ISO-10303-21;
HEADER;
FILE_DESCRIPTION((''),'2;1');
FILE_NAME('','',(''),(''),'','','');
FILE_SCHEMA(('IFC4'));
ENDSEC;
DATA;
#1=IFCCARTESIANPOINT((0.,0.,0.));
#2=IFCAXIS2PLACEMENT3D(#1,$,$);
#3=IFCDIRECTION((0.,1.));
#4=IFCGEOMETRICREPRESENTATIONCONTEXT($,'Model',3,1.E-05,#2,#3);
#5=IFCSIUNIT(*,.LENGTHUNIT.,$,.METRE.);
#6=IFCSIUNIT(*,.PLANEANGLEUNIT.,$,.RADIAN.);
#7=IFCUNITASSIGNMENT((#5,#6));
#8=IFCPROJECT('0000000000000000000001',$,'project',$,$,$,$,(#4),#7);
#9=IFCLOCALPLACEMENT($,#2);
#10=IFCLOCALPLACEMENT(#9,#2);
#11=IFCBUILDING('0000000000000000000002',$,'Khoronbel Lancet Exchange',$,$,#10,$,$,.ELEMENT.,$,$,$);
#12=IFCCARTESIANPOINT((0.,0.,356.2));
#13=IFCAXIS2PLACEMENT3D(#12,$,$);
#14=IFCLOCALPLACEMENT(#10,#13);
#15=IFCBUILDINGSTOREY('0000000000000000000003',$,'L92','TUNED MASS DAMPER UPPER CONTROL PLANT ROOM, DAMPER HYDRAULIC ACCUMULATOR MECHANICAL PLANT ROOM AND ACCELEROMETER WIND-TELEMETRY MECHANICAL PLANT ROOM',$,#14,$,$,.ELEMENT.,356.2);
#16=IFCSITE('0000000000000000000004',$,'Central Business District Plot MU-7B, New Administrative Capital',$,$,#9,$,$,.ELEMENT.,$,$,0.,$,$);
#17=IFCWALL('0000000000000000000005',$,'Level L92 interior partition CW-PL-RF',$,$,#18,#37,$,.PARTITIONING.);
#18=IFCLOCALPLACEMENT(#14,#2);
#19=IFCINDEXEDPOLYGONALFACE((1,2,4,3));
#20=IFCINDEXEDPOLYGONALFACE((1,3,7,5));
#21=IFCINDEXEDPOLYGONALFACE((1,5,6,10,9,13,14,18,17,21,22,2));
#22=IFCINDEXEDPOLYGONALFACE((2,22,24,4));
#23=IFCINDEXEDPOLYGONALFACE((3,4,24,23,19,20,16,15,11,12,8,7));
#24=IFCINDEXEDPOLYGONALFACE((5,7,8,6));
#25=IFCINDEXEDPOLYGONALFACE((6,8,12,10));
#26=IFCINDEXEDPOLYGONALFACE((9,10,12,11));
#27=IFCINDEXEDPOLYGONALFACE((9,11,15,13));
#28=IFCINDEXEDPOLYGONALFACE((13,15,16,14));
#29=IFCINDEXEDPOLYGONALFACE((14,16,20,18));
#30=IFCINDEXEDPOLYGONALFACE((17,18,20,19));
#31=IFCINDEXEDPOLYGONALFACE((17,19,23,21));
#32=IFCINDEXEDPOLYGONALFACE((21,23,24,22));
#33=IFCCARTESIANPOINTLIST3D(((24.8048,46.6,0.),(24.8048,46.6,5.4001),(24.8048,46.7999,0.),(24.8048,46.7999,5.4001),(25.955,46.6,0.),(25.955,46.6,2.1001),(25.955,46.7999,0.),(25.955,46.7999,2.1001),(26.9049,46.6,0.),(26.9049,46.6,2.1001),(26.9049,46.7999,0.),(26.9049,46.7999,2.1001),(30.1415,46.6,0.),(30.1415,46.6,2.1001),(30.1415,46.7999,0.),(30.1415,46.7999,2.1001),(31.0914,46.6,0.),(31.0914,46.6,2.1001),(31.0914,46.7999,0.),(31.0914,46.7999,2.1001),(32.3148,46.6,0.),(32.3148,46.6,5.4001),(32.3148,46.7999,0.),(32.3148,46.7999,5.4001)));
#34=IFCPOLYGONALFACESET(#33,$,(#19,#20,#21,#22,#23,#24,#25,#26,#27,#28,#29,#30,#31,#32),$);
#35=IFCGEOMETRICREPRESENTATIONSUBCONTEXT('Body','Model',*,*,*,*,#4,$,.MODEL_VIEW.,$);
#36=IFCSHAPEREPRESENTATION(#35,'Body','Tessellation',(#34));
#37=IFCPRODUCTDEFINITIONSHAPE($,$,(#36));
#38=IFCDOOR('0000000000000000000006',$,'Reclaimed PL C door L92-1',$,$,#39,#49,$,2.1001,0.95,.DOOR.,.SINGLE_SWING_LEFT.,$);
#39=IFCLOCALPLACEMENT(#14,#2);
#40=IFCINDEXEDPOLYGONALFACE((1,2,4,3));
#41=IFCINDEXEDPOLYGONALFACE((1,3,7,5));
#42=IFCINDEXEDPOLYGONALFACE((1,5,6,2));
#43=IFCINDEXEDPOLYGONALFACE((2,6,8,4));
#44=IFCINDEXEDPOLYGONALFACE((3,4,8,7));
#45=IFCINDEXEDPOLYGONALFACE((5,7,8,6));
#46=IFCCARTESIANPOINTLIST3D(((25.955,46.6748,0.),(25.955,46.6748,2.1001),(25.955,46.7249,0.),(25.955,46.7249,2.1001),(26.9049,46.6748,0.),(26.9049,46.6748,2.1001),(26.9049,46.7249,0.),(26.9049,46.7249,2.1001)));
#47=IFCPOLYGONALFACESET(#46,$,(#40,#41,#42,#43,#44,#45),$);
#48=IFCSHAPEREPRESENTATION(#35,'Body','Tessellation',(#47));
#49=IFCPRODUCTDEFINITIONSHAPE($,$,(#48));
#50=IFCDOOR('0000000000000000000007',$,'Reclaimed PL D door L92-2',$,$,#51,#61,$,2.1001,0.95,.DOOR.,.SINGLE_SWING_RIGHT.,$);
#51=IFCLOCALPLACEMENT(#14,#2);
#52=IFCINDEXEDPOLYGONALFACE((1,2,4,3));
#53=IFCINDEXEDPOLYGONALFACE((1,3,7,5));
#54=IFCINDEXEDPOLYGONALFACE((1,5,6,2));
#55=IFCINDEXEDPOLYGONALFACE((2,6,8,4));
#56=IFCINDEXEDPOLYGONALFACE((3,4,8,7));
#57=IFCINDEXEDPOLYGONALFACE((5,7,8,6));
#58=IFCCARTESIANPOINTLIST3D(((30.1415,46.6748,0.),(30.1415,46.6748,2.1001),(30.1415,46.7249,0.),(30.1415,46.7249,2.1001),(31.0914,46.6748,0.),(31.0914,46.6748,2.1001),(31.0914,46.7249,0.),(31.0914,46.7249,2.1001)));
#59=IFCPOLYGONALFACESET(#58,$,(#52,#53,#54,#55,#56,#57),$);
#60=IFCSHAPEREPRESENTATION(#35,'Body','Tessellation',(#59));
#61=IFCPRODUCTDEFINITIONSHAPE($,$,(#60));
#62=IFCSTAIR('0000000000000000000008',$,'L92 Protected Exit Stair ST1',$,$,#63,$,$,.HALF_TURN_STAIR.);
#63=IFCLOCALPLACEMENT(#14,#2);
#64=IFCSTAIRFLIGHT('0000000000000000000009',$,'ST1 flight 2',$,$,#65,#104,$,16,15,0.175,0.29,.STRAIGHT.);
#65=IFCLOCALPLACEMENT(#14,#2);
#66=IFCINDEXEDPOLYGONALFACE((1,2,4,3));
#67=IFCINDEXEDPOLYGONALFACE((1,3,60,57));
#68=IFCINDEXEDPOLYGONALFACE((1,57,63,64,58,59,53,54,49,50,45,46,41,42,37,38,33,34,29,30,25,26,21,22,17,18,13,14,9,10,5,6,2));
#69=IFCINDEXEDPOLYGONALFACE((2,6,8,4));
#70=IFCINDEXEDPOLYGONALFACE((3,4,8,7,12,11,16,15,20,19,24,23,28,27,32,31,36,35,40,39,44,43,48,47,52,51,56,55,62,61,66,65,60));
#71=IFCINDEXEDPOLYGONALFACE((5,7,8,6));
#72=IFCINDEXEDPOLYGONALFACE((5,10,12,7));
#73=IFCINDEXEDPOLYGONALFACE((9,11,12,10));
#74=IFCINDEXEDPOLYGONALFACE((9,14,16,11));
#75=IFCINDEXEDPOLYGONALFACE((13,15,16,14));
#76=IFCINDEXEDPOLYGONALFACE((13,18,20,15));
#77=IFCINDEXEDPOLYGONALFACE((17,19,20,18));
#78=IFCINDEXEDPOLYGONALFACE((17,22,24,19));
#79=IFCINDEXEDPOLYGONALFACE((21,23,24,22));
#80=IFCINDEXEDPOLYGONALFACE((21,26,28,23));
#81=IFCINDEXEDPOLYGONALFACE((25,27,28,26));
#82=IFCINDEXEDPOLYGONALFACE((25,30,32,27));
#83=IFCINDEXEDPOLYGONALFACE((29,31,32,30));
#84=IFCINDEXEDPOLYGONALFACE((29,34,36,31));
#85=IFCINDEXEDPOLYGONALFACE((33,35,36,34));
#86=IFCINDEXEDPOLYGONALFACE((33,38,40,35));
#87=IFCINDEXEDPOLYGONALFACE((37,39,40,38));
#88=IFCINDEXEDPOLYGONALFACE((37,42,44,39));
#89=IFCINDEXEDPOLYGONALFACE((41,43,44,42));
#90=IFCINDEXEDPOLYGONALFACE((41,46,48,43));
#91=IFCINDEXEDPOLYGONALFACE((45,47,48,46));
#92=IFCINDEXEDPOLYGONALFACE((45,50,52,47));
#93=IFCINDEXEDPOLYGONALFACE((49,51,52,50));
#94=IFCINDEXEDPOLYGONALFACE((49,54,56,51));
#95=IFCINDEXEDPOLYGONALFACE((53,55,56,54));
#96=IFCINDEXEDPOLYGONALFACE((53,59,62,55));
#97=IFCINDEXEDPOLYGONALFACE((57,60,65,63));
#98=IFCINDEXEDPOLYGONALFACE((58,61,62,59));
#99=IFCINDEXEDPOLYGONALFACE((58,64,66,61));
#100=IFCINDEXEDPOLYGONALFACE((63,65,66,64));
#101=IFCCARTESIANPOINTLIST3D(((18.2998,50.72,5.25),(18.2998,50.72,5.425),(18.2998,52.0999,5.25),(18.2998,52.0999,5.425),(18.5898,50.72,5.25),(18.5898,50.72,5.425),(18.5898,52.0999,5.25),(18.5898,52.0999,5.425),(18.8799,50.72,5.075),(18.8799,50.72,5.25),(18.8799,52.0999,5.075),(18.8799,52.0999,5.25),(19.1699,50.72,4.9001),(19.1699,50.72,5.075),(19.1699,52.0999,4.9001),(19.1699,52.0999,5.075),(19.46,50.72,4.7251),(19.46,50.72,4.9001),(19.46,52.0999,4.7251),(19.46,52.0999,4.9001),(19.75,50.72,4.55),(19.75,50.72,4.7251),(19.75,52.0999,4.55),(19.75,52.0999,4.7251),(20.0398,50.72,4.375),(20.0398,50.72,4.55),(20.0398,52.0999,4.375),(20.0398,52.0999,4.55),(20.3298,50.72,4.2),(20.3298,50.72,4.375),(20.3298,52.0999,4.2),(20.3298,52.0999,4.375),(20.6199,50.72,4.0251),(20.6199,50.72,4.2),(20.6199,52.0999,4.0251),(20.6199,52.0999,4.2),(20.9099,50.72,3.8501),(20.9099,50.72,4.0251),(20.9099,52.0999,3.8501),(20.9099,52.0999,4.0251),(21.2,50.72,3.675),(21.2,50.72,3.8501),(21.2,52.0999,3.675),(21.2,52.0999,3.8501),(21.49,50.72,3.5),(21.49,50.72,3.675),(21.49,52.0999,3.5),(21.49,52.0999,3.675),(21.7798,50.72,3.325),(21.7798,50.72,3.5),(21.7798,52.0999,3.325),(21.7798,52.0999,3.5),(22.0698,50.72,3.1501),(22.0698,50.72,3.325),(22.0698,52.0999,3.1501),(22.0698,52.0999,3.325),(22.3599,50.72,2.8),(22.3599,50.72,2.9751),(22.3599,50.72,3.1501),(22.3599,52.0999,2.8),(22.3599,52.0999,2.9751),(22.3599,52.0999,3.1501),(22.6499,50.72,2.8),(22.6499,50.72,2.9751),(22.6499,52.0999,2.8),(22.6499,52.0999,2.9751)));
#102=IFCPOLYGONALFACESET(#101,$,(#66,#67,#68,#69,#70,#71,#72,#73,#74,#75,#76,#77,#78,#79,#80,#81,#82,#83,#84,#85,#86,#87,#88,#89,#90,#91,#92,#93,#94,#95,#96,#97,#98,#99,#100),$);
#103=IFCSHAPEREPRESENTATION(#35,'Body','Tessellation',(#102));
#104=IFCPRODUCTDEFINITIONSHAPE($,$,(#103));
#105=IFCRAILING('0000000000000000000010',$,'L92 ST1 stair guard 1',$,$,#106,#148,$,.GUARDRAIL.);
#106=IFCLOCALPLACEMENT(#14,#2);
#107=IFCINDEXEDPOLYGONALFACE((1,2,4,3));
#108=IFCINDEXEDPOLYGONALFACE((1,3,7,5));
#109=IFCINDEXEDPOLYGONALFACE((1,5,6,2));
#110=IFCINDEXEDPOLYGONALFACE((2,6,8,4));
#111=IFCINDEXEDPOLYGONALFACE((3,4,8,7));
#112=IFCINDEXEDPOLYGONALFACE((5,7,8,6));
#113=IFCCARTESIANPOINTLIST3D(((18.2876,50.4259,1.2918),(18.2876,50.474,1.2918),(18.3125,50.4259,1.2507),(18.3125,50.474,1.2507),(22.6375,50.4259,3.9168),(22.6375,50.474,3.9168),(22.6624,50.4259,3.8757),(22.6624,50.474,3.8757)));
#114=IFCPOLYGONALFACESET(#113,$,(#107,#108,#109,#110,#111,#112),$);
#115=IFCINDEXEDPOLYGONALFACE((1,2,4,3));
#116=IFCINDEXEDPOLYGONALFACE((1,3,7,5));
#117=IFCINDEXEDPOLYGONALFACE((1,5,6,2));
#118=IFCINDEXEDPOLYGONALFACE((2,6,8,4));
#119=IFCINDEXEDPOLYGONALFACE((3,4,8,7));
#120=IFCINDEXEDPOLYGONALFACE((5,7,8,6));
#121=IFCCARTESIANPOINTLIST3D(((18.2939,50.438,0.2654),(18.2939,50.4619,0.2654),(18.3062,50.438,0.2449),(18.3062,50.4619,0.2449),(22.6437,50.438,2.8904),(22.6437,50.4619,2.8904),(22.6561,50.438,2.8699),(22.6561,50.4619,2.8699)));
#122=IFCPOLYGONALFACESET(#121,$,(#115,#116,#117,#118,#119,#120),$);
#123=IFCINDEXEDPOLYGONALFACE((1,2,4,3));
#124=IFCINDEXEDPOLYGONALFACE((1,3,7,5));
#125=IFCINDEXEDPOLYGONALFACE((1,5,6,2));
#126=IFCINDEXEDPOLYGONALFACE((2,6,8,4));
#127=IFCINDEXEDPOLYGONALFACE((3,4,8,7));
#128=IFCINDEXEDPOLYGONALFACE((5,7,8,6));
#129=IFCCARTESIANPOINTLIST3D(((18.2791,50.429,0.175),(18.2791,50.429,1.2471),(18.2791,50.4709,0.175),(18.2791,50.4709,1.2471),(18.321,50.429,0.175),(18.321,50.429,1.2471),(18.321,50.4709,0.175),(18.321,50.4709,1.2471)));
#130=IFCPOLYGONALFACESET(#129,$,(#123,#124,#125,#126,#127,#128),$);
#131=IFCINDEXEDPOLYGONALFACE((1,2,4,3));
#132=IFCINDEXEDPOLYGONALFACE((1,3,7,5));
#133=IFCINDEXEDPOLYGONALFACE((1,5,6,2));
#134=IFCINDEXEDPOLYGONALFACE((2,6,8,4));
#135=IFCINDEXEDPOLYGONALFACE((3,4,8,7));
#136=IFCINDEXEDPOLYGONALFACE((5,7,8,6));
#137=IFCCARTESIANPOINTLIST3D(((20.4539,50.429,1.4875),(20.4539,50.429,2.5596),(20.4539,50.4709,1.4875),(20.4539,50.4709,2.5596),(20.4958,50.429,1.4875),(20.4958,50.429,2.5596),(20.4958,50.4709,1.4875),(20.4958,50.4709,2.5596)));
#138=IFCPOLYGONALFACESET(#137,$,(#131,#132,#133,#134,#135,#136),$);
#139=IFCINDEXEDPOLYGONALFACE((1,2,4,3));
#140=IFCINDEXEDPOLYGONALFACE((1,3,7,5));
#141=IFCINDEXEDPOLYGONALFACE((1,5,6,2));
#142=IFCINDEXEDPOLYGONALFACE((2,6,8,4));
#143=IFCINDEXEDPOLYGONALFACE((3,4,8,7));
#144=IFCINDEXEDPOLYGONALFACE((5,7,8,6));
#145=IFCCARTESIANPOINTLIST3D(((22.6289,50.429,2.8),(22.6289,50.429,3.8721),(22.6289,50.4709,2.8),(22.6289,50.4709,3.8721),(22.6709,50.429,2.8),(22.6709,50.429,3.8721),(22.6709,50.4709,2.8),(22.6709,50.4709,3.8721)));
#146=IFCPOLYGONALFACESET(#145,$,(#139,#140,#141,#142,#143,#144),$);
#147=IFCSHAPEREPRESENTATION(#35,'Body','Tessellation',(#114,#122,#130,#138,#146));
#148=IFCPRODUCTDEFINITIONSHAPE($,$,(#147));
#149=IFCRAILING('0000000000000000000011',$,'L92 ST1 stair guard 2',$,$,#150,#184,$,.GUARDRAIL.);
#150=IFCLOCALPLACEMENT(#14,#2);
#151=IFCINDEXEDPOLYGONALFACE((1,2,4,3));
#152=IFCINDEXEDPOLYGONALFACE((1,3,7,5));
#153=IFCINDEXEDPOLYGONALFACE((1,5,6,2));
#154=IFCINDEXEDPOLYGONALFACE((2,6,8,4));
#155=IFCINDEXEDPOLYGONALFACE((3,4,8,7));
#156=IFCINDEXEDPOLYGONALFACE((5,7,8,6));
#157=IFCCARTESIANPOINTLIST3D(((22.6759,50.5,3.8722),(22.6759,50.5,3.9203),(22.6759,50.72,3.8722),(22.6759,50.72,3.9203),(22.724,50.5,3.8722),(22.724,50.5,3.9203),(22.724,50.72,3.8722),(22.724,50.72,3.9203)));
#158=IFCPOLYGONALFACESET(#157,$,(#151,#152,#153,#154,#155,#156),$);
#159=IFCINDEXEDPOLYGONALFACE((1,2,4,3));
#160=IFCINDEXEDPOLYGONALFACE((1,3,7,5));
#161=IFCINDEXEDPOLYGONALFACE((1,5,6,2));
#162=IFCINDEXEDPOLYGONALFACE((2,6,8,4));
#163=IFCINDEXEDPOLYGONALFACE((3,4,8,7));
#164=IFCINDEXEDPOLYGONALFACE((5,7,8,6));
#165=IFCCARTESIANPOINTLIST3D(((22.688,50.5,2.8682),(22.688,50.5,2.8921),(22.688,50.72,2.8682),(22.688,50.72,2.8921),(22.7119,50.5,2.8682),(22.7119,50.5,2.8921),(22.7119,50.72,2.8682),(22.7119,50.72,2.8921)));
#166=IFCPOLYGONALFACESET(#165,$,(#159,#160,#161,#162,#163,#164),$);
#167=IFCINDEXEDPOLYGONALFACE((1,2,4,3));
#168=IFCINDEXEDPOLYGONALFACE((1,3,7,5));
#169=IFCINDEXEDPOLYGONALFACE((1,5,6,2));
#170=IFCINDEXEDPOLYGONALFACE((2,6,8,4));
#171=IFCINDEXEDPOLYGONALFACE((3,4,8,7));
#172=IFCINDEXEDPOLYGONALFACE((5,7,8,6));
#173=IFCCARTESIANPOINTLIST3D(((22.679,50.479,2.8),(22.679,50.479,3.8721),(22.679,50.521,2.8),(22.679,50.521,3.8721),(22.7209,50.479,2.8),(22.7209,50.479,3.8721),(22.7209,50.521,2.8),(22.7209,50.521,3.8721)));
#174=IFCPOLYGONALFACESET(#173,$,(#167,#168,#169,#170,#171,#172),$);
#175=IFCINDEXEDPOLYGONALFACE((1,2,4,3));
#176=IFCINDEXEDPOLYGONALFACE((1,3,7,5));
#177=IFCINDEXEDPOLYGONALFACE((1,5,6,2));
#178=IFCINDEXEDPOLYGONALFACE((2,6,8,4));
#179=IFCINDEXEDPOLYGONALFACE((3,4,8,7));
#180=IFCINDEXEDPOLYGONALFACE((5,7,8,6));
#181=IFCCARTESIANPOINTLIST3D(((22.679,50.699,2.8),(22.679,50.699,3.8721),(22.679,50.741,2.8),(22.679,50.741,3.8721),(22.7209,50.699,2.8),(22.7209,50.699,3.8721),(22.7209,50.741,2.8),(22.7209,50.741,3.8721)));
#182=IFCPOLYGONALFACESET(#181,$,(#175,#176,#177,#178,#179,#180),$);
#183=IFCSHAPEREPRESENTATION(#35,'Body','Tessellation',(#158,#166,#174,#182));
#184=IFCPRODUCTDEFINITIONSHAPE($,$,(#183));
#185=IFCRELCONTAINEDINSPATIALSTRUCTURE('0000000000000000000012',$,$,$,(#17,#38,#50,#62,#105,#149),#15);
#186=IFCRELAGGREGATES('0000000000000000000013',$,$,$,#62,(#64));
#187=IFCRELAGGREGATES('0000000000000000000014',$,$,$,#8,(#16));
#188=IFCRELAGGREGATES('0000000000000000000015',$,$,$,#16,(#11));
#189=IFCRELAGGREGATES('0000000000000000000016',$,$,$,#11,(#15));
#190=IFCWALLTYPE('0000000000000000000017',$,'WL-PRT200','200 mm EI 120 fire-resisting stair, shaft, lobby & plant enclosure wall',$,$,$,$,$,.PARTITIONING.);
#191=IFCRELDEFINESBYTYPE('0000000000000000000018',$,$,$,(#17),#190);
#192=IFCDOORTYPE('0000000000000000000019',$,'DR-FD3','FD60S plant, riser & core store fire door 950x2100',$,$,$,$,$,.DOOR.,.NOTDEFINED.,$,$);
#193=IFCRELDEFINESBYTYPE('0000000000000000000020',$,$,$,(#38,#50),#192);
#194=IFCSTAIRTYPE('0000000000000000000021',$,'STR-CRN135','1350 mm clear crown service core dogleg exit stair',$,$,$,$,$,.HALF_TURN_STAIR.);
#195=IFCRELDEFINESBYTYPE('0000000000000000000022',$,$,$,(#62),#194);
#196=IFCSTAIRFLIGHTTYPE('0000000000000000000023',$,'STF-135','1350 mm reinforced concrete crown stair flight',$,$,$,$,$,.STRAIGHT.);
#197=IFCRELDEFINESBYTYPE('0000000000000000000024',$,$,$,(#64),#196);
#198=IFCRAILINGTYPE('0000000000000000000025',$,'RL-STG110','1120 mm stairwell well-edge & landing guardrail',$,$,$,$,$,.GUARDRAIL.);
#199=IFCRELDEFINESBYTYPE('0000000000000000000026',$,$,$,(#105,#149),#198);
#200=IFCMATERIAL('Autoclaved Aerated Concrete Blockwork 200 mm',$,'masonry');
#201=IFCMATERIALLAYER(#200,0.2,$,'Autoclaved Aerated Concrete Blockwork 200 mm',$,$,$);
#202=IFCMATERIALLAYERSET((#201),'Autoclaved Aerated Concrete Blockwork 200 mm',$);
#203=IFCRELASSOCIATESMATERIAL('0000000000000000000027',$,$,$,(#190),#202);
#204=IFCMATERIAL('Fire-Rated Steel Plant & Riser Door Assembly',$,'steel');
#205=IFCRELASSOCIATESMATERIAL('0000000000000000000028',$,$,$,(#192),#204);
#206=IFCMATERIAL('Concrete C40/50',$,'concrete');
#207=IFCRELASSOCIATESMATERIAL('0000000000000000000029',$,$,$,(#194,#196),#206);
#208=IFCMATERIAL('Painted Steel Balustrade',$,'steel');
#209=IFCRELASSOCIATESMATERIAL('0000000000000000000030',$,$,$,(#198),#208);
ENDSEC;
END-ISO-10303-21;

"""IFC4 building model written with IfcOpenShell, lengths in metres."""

from ifc_helpers import new_model, si_unit, direction, frame, frame_2d, origin, origin_2d, place, context, subcontext, project, spatial, polyline, rectangle, outline, extrude, material, layer, layer_set, type_object, element, fill, aggregate, save


model = new_model("IFC4")

# Units and contexts
model_context = context("Model", 3, precision=1e-05, world=origin(), true_north=direction((0.0, 1.0)))
body_context = subcontext(model_context, "Body", "Model", "MODEL_VIEW")
ifc_project = project(units=[si_unit("LENGTHUNIT", "METRE"), si_unit("PLANEANGLEUNIT", "RADIAN")], contexts=[model_context])

# Site, building, storey
site_placement = place(None, origin())
site = spatial("IfcSite", under=ifc_project, at=site_placement, Name="Central Business District Plot MU-7B, New Administrative Capital", CompositionType="ELEMENT", RefElevation=0.0)
building_placement = place(site_placement, origin())
building = spatial("IfcBuilding", under=site, at=building_placement, Name="Khoronbel Lancet Exchange", CompositionType="ELEMENT")
storey_placement = place(building_placement, frame((0.0, 0.0, 356.2)))
storey = spatial("IfcBuildingStorey", under=building, at=storey_placement, Name="L92", Description="TUNED MASS DAMPER UPPER CONTROL PLANT ROOM, DAMPER HYDRAULIC ACCUMULATOR MECHANICAL PLANT ROOM AND ACCELEROMETER WIND-TELEMETRY MECHANICAL PLANT ROOM", CompositionType="ELEMENT", Elevation=356.2)

# Shared definitions
ifc_material_1 = material(Name="Autoclaved Aerated Concrete Blockwork 200 mm", Category="masonry")
ifc_layer_1 = layer(ifc_material_1, 0.2, Name="Autoclaved Aerated Concrete Blockwork 200 mm")
ifc_layer_set_1 = layer_set([ifc_layer_1], Name="Autoclaved Aerated Concrete Blockwork 200 mm")
wall_type_1 = type_object("IfcWallType", Name="WL-PRT200", Description="200 mm EI 120 fire-resisting stair, shaft, lobby & plant enclosure wall", PredefinedType="PARTITIONING", material=ifc_layer_set_1)

# Wall, openings, doors
wall_1_placement = place(storey_placement, frame((24.8049, 46.7, 0.0), z_axis=(0.0, 0.0, 1.0), x_axis=(1.0, 0.0, 0.0)))
wall_1 = element("IfcWall", 1, at=wall_1_placement, inside=storey, type_object=wall_type_1, Name="Level L92 interior partition CW-PL-RF", PredefinedType="PARTITIONING", context=body_context, shape_type="SweptSolid", body=[
    extrude(rectangle(XDim=7.51, YDim=0.2, at=frame_2d((3.7549, 0.0))), origin(), (0.0, 0.0, 1.0), 5.4001),
])
opening_1_placement = place(wall_1_placement, frame((1.1499, 0.0, 0.0)))
opening_1 = element("IfcOpeningElement", 2, at=opening_1_placement, cuts=wall_1, PredefinedType="OPENING", context=body_context, shape_type="SweptSolid", body=[
    extrude(rectangle(XDim=0.95, YDim=2.1001, at=frame_2d((0.4751, 1.05))), frame((0.0, 0.1099, 0.0), z_axis=(0.0, -1.0, 0.0), x_axis=(1.0, 0.0, 0.0)), (0.0, 0.0, 1.0), 0.22),
])
opening_2_placement = place(wall_1_placement, frame((5.3364, 0.0, 0.0)))
opening_2 = element("IfcOpeningElement", 3, at=opening_2_placement, cuts=wall_1, PredefinedType="OPENING", context=body_context, shape_type="SweptSolid", body=[
    extrude(rectangle(XDim=0.95, YDim=2.1001, at=frame_2d((0.4751, 1.05))), frame((0.0, 0.1099, 0.0), z_axis=(0.0, -1.0, 0.0), x_axis=(1.0, 0.0, 0.0)), (0.0, 0.0, 1.0), 0.22),
])
ifc_material_2 = material(Name="Fire-Rated Steel Plant & Riser Door Assembly", Category="steel")
door_type_1 = type_object("IfcDoorType", Name="DR-FD3", Description="FD60S plant, riser & core store fire door 950x2100", OperationType="NOTDEFINED", PredefinedType="DOOR", material=ifc_material_2)
door_1_placement = place(opening_1_placement, origin())
door_1 = element("IfcDoor", 4, at=door_1_placement, inside=storey, type_object=door_type_1, Name="Reclaimed PL C door L92-1", OperationType="SINGLE_SWING_LEFT", OverallHeight=2.1001, OverallWidth=0.95, PredefinedType="DOOR", context=body_context, shape_type="SweptSolid", body=[
    extrude(rectangle(XDim=0.95, YDim=2.1001, at=frame_2d((0.4751, 1.05))), frame((0.0, 0.0249, 0.0), z_axis=(0.0, -1.0, 0.0), x_axis=(1.0, 0.0, 0.0)), (0.0, 0.0, 1.0), 0.05),
])
fill(opening_1, door_1)
door_2_placement = place(opening_2_placement, origin())
door_2 = element("IfcDoor", 5, at=door_2_placement, inside=storey, type_object=door_type_1, Name="Reclaimed PL D door L92-2", OperationType="SINGLE_SWING_RIGHT", OverallHeight=2.1001, OverallWidth=0.95, PredefinedType="DOOR", context=body_context, shape_type="SweptSolid", body=[
    extrude(rectangle(XDim=0.95, YDim=2.1001, at=frame_2d((0.4751, 1.05))), frame((0.0, 0.0249, 0.0), z_axis=(0.0, -1.0, 0.0), x_axis=(1.0, 0.0, 0.0)), (0.0, 0.0, 1.0), 0.05),
])
fill(opening_2, door_2)

# Stair, stair flight
ifc_material_3 = material(Name="Concrete C40/50", Category="concrete")
stair_type = type_object("IfcStairType", Name="STR-CRN135", Description="1350 mm clear crown service core dogleg exit stair", PredefinedType="HALF_TURN_STAIR", material=ifc_material_3)
stair_placement = place(storey_placement, origin())
stair = element("IfcStair", 6, at=stair_placement, inside=storey, type_object=stair_type, Name="L92 Protected Exit Stair ST1", PredefinedType="HALF_TURN_STAIR")
stair_flight_type = type_object("IfcStairFlightType", Name="STF-135", Description="1350 mm reinforced concrete crown stair flight", PredefinedType="STRAIGHT", material=ifc_material_3)
stair_flight_placement = place(storey_placement, frame((22.6499, 51.4099, 2.8), z_axis=(0.0, 0.0, 1.0), x_axis=(-1.0, 0.0, 0.0)))
stair_flight = element("IfcStairFlight", 7, at=stair_flight_placement, type_object=stair_flight_type, Name="ST1 flight 2", NumberOfRisers=16, NumberOfTreads=15, PredefinedType="STRAIGHT", RiserHeight=0.175, TreadLength=0.29, context=body_context, shape_type="SweptSolid", body=[
    extrude(outline(polyline([(0.0, 0.0), (0.0, 0.175), (0.29, 0.175), (0.29, 0.3501), (0.5801, 0.3501), (0.5801, 0.5249), (0.8701, 0.5249), (0.8701, 0.7), (1.1599, 0.7), (1.1599, 0.875), (1.45, 0.875), (1.45, 1.05), (1.74, 1.05), (1.74, 1.2251), (2.03, 1.2251), (2.03, 1.3999), (2.3201, 1.3999), (2.3201, 1.575), (2.6101, 1.575), (2.6101, 1.75), (2.8999, 1.75), (2.8999, 1.925), (3.1899, 1.925), (3.1899, 2.1001), (3.48, 2.1001), (3.48, 2.2749), (3.77, 2.2749), (3.77, 2.45), (4.0601, 2.45), (4.0601, 2.625), (4.3501, 2.625), (4.3501, 2.8), (4.3501, 2.45), (0.29, 0.0), (0.0, 0.0)])), frame((0.0, 0.6899, 0.0), z_axis=(0.0, -1.0, 0.0), x_axis=(1.0, 0.0, 0.0)), (0.0, 0.0, 1.0), 1.3799),
])
aggregate(stair, [stair_flight])

# Railings
ifc_material_4 = material(Name="Painted Steel Balustrade", Category="steel")
railing_type_1 = type_object("IfcRailingType", Name="RL-STG110", Description="1120 mm stairwell well-edge & landing guardrail", PredefinedType="GUARDRAIL", material=ifc_material_4)
railing_1_placement = place(storey_placement, frame((18.3, 50.45, 0.175)))
element("IfcRailing", 8, at=railing_1_placement, inside=storey, type_object=railing_type_1, Name="L92 ST1 stair guard 1", PredefinedType="GUARDRAIL", context=body_context, shape_type="SweptSolid", body=[
    extrude(rectangle(XDim=0.0481, YDim=0.0481, at=origin_2d()), frame((0.0, 0.0, 1.0962), z_axis=(0.85618, 0.0, 0.516678), x_axis=(0.0, 1.0, 0.0)), (0.0, 0.0, 1.0), 5.0806),
    extrude(rectangle(XDim=0.0239, YDim=0.0239, at=origin_2d()), frame((0.0, 0.0, 0.0801), z_axis=(0.85618, 0.0, 0.516678), x_axis=(0.0, 1.0, 0.0)), (0.0, 0.0, 1.0), 5.0806),
    extrude(rectangle(XDim=0.042, YDim=0.042, at=origin_2d()), origin(), (0.0, 0.0, 1.0), 1.072),
    extrude(rectangle(XDim=0.042, YDim=0.042, at=origin_2d()), frame((2.1748, 0.0, 1.3125)), (0.0, 0.0, 1.0), 1.072),
    extrude(rectangle(XDim=0.042, YDim=0.042, at=origin_2d()), frame((4.3499, 0.0, 2.625)), (0.0, 0.0, 1.0), 1.072),
])
railing_2_placement = place(storey_placement, frame((22.7, 50.5, 2.8)))
element("IfcRailing", 9, at=railing_2_placement, inside=storey, type_object=railing_type_1, Name="L92 ST1 stair guard 2", PredefinedType="GUARDRAIL", context=body_context, shape_type="SweptSolid", body=[
    extrude(rectangle(XDim=0.0481, YDim=0.0481, at=origin_2d()), frame((0.0, 0.0, 1.0962), z_axis=(0.0, 1.0, 0.0), x_axis=(-1.0, 0.0, 0.0)), (0.0, 0.0, 1.0), 0.22),
    extrude(rectangle(XDim=0.0239, YDim=0.0239, at=origin_2d()), frame((0.0, 0.0, 0.0801), z_axis=(0.0, 1.0, 0.0), x_axis=(-1.0, 0.0, 0.0)), (0.0, 0.0, 1.0), 0.22),
    extrude(rectangle(XDim=0.042, YDim=0.042, at=origin_2d()), origin(), (0.0, 0.0, 1.0), 1.072),
    extrude(rectangle(XDim=0.042, YDim=0.042, at=origin_2d()), frame((0.0, 0.22, 0.0)), (0.0, 0.0, 1.0), 1.072),
])

save(model, "model.ifc")
